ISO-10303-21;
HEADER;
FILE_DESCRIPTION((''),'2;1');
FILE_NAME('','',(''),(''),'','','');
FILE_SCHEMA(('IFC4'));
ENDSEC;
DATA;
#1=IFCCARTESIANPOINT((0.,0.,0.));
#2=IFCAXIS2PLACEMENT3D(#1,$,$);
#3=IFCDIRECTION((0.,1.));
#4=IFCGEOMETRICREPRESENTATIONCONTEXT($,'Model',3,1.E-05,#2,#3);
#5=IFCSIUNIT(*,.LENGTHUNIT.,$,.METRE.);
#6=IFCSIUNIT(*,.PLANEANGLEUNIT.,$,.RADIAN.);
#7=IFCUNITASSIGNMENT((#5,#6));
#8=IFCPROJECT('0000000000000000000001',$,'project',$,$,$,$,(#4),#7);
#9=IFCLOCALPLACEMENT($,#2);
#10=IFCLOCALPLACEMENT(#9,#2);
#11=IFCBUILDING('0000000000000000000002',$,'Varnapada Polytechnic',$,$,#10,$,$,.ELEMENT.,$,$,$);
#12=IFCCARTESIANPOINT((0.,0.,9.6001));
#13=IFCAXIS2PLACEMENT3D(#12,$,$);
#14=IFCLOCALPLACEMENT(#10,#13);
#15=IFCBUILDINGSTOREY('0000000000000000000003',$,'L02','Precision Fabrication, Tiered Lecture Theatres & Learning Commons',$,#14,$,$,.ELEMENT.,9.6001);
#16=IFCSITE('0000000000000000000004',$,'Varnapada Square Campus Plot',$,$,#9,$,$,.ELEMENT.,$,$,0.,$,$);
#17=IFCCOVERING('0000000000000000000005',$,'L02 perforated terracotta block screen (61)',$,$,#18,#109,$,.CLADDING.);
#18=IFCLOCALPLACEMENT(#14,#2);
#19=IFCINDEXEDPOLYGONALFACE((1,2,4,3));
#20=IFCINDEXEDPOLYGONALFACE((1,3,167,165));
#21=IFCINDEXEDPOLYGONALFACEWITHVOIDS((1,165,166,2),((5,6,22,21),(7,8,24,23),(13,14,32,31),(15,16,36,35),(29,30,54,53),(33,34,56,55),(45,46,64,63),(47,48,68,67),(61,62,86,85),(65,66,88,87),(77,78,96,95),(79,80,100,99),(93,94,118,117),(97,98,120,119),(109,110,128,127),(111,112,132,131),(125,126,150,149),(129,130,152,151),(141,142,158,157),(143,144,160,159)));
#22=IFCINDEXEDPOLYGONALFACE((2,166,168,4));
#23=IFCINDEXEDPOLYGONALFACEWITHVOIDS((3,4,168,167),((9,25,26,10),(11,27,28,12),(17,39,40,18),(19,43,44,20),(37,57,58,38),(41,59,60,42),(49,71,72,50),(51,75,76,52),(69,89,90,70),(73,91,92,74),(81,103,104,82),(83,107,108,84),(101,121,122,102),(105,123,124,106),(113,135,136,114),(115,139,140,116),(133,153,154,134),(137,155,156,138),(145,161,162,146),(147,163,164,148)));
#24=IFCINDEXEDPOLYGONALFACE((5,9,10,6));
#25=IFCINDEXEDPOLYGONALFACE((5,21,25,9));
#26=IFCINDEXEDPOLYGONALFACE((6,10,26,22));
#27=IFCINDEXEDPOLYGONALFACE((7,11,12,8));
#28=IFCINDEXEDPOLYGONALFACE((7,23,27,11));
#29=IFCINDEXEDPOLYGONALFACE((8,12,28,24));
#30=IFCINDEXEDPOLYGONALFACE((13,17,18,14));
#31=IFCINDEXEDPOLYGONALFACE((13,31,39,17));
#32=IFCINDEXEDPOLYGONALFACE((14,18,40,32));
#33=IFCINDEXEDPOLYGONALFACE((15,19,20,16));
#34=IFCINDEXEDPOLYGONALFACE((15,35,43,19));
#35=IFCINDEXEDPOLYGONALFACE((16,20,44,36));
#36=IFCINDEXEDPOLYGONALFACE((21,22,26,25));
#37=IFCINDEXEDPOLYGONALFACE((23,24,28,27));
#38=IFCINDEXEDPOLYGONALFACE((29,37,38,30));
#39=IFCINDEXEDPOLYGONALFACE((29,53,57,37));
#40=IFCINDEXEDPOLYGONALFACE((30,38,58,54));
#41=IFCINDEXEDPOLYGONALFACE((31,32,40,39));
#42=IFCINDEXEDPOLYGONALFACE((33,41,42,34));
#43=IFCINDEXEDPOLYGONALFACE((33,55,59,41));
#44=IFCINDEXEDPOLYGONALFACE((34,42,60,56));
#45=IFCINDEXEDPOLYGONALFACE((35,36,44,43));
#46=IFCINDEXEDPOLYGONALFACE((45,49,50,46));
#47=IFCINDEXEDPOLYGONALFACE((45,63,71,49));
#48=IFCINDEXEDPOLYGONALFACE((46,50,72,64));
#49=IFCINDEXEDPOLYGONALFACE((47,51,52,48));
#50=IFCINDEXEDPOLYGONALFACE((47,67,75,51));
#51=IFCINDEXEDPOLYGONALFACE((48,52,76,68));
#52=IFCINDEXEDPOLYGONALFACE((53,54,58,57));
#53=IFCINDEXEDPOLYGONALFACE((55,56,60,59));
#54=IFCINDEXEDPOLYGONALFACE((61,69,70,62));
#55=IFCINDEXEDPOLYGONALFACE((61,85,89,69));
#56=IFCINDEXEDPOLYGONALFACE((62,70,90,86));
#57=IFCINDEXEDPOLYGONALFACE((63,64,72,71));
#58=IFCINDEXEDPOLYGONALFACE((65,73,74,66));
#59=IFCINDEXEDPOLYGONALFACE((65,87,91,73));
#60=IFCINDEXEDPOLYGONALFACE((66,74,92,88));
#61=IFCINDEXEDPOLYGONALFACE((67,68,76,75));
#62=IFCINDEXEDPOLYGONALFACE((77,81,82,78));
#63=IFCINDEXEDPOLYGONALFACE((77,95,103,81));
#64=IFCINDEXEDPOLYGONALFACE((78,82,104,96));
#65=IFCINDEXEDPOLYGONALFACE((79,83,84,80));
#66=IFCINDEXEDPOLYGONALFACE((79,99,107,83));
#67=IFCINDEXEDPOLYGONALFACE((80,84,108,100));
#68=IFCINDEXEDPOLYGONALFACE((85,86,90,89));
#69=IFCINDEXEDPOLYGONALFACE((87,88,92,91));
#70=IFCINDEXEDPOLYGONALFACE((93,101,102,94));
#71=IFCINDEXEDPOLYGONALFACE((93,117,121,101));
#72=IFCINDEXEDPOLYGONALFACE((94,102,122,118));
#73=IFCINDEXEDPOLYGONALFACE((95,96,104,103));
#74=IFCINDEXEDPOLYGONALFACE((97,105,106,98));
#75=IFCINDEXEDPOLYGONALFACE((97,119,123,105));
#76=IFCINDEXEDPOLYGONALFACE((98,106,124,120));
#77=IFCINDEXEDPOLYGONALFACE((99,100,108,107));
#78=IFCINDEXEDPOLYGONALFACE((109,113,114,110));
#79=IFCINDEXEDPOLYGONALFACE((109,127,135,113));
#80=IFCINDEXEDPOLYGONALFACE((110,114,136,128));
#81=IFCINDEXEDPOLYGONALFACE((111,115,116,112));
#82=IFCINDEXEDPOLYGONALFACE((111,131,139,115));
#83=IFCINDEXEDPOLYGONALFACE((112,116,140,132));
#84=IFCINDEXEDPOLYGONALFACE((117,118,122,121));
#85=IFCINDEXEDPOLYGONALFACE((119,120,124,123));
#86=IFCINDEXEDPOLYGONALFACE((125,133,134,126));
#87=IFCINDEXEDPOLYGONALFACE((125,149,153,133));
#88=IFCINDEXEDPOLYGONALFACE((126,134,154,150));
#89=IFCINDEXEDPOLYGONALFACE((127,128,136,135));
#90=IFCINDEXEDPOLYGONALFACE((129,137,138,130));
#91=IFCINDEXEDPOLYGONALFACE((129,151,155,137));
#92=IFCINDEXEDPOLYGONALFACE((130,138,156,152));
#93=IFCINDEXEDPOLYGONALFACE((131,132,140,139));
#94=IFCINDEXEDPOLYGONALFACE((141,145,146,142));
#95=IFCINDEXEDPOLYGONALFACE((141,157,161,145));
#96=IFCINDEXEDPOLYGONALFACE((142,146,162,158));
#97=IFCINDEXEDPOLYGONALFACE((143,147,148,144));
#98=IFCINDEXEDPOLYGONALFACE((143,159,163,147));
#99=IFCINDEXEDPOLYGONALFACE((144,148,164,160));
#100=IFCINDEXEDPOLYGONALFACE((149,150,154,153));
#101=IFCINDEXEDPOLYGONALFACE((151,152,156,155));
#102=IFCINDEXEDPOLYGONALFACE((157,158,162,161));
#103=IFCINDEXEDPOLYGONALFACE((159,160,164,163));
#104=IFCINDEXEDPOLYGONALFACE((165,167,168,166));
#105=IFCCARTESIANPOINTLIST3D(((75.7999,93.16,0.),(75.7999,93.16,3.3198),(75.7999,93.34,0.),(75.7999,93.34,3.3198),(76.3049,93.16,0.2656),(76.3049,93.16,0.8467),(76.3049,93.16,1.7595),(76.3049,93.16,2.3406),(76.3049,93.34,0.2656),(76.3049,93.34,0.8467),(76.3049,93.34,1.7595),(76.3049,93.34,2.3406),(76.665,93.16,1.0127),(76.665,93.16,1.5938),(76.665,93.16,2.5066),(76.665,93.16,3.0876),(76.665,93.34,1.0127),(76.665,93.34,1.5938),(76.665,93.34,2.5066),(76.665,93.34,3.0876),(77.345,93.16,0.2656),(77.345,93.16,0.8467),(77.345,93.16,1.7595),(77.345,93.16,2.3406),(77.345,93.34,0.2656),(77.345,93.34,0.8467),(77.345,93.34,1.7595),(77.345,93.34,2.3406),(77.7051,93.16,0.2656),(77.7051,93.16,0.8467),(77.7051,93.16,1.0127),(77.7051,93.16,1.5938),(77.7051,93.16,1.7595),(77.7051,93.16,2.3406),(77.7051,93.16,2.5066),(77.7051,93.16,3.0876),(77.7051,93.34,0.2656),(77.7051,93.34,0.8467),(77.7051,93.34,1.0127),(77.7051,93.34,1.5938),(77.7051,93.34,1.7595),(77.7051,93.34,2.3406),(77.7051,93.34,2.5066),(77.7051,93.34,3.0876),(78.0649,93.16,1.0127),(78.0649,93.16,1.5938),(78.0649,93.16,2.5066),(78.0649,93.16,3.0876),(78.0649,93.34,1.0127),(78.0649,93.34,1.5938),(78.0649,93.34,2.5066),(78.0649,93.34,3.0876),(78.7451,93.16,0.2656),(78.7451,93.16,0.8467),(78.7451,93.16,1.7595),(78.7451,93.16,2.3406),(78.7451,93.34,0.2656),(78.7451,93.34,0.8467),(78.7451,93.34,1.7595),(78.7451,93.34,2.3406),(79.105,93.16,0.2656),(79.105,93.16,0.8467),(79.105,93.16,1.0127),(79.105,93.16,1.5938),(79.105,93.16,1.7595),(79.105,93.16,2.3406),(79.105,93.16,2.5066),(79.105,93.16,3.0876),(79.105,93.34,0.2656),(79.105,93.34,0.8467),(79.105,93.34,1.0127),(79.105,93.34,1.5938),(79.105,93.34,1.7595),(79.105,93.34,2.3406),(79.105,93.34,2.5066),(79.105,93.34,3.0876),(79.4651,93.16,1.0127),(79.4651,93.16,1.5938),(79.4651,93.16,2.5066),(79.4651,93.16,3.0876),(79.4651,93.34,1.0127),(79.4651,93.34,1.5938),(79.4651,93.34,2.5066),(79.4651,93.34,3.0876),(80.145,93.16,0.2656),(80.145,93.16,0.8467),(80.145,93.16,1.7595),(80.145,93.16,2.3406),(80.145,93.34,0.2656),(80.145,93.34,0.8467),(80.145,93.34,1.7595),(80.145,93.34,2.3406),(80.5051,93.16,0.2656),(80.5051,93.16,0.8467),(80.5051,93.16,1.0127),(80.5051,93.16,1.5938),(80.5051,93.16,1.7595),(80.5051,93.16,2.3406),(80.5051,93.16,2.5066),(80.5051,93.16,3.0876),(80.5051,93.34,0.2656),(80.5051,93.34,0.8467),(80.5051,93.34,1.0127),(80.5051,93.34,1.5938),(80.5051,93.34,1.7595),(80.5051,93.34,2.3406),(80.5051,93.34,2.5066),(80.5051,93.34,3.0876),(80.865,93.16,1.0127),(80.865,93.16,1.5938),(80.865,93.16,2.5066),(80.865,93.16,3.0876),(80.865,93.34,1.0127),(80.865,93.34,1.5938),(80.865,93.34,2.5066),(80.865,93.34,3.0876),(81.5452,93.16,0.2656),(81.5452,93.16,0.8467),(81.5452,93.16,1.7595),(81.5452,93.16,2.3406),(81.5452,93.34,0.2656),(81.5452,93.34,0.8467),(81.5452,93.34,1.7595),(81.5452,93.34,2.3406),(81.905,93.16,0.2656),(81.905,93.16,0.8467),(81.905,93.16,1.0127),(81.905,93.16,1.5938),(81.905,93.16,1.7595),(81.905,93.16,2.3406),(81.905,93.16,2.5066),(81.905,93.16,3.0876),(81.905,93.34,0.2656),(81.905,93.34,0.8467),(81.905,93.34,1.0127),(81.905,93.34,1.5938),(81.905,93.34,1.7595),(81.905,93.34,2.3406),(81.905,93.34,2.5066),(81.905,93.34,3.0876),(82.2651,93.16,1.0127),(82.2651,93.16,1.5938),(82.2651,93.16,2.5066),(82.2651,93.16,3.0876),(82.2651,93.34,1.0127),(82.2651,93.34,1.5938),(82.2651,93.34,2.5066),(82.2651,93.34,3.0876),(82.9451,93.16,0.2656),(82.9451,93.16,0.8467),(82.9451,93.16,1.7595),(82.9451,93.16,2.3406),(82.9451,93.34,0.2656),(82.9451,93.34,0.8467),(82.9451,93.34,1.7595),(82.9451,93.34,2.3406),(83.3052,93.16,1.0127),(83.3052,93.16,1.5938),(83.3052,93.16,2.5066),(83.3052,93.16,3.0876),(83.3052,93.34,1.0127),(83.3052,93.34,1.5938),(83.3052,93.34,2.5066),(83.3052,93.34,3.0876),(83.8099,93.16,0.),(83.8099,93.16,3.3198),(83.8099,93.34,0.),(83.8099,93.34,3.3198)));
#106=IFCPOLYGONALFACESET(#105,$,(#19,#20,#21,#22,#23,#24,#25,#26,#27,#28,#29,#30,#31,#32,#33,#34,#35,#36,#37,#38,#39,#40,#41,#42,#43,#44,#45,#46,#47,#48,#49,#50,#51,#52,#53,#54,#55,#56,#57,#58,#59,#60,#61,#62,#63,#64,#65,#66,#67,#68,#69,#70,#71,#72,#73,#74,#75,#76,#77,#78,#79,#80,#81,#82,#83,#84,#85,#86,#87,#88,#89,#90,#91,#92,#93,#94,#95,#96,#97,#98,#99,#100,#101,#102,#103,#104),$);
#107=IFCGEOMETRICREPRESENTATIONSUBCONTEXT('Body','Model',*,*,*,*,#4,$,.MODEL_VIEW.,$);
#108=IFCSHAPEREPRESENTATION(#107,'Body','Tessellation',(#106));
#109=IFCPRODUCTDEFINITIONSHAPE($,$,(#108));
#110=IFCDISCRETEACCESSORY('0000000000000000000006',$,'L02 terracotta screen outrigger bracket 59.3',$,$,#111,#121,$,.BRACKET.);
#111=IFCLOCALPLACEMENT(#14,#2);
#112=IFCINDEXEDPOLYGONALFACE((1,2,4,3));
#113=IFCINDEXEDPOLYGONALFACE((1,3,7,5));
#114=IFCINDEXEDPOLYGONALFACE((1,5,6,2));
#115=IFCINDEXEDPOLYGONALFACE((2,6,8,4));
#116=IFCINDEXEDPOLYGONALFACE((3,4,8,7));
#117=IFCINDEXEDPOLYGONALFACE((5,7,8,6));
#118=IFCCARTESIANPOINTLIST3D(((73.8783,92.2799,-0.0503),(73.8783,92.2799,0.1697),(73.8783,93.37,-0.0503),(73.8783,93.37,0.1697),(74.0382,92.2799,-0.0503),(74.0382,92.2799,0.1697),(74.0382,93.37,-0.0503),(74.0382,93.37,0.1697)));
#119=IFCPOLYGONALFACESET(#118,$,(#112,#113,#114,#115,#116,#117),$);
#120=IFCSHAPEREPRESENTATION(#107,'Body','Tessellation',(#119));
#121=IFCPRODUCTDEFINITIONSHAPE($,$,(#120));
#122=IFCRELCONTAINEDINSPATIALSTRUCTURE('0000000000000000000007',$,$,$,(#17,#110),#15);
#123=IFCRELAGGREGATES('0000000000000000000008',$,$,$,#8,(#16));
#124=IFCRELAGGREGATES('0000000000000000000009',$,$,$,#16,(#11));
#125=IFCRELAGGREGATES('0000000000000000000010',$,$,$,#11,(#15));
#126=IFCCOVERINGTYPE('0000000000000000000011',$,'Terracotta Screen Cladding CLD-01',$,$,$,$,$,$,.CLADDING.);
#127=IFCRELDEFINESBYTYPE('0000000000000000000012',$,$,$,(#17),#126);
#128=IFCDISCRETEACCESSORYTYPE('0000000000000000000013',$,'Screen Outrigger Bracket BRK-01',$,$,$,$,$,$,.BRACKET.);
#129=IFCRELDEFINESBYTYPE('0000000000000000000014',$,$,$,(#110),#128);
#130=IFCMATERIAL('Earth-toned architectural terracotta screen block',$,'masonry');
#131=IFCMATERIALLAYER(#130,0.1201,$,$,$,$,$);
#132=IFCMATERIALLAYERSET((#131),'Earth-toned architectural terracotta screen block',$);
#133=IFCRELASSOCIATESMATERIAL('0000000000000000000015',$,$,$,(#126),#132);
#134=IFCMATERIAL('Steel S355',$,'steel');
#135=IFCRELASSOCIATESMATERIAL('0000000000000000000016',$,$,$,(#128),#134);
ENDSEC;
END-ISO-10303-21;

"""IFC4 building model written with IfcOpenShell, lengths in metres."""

from ifc_helpers import new_model, si_unit, direction, frame, frame_2d, origin, origin_2d, place, context, subcontext, project, spatial, rectangle, extrude, material, layer, layer_set, type_object, element, save


model = new_model("IFC4")

# Units and contexts
model_context = context("Model", 3, precision=1e-05, world=origin(), true_north=direction((0.0, 1.0)))
body_context = subcontext(model_context, "Body", "Model", "MODEL_VIEW")
ifc_project = project(units=[si_unit("LENGTHUNIT", "METRE"), si_unit("PLANEANGLEUNIT", "RADIAN")], contexts=[model_context])

# Site, building, storey
site_placement = place(None, origin())
site = spatial("IfcSite", under=ifc_project, at=site_placement, Name="Varnapada Square Campus Plot", CompositionType="ELEMENT", RefElevation=0.0)
building_placement = place(site_placement, origin())
building = spatial("IfcBuilding", under=site, at=building_placement, Name="Varnapada Polytechnic", CompositionType="ELEMENT")
storey_placement = place(building_placement, frame((0.0, 0.0, 9.6001)))
storey = spatial("IfcBuildingStorey", under=building, at=storey_placement, Name="L02", Description="Precision Fabrication, Tiered Lecture Theatres & Learning Commons", CompositionType="ELEMENT", Elevation=9.6001)

# Covering, openings
ifc_material_1 = material(Name="Earth-toned architectural terracotta screen block", Category="masonry")
ifc_layer_1 = layer(ifc_material_1, 0.1201)
ifc_layer_set_1 = layer_set([ifc_layer_1], Name="Earth-toned architectural terracotta screen block")
covering_type = type_object("IfcCoveringType", Name="Terracotta Screen Cladding CLD-01", PredefinedType="CLADDING", material=ifc_layer_set_1)
covering_placement = place(storey_placement, frame((75.8, 93.25, 0.0), z_axis=(0.0, 0.0, 1.0), x_axis=(1.0, 0.0, 0.0)))
covering = element("IfcCovering", 1, at=covering_placement, inside=storey, type_object=covering_type, Name="L02 perforated terracotta block screen (61)", PredefinedType="CLADDING", context=body_context, shape_type="SweptSolid", body=[
    extrude(rectangle(XDim=8.01, YDim=0.1799, at=frame_2d((4.0049, 0.0))), origin(), (0.0, 0.0, 1.0), 3.3198),
])
opening_1_placement = place(covering_placement, frame((0.5049, 0.0, 0.2656)))
element("IfcOpeningElement", 2, at=opening_1_placement, cuts=covering, PredefinedType="OPENING", context=body_context, shape_type="SweptSolid", body=[
    extrude(rectangle(XDim=1.04, YDim=0.5811, at=frame_2d((0.52, 0.2905))), frame((0.0, 0.0999, 0.0), z_axis=(0.0, -1.0, 0.0), x_axis=(1.0, 0.0, 0.0)), (0.0, 0.0, 1.0), 0.2),
])
opening_2_placement = place(covering_placement, frame((1.905, 0.0, 0.2656)))
element("IfcOpeningElement", 3, at=opening_2_placement, cuts=covering, PredefinedType="OPENING", context=body_context, shape_type="SweptSolid", body=[
    extrude(rectangle(XDim=1.04, YDim=0.5811, at=frame_2d((0.52, 0.2905))), frame((0.0, 0.0999, 0.0), z_axis=(0.0, -1.0, 0.0), x_axis=(1.0, 0.0, 0.0)), (0.0, 0.0, 1.0), 0.2),
])
opening_3_placement = place(covering_placement, frame((3.3049, 0.0, 0.2656)))
element("IfcOpeningElement", 4, at=opening_3_placement, cuts=covering, PredefinedType="OPENING", context=body_context, shape_type="SweptSolid", body=[
    extrude(rectangle(XDim=1.04, YDim=0.5811, at=frame_2d((0.52, 0.2905))), frame((0.0, 0.0999, 0.0), z_axis=(0.0, -1.0, 0.0), x_axis=(1.0, 0.0, 0.0)), (0.0, 0.0, 1.0), 0.2),
])
opening_4_placement = place(covering_placement, frame((4.7051, 0.0, 0.2656)))
element("IfcOpeningElement", 5, at=opening_4_placement, cuts=covering, PredefinedType="OPENING", context=body_context, shape_type="SweptSolid", body=[
    extrude(rectangle(XDim=1.04, YDim=0.5811, at=frame_2d((0.52, 0.2905))), frame((0.0, 0.0999, 0.0), z_axis=(0.0, -1.0, 0.0), x_axis=(1.0, 0.0, 0.0)), (0.0, 0.0, 1.0), 0.2),
])
opening_5_placement = place(covering_placement, frame((6.105, 0.0, 0.2656)))
element("IfcOpeningElement", 6, at=opening_5_placement, cuts=covering, PredefinedType="OPENING", context=body_context, shape_type="SweptSolid", body=[
    extrude(rectangle(XDim=1.04, YDim=0.5811, at=frame_2d((0.52, 0.2905))), frame((0.0, 0.0999, 0.0), z_axis=(0.0, -1.0, 0.0), x_axis=(1.0, 0.0, 0.0)), (0.0, 0.0, 1.0), 0.2),
])
opening_6_placement = place(covering_placement, frame((0.865, 0.0, 1.0127)))
element("IfcOpeningElement", 7, at=opening_6_placement, cuts=covering, PredefinedType="OPENING", context=body_context, shape_type="SweptSolid", body=[
    extrude(rectangle(XDim=1.04, YDim=0.5811, at=frame_2d((0.52, 0.2905))), frame((0.0, 0.0999, 0.0), z_axis=(0.0, -1.0, 0.0), x_axis=(1.0, 0.0, 0.0)), (0.0, 0.0, 1.0), 0.2),
])
opening_7_placement = place(covering_placement, frame((2.2649, 0.0, 1.0127)))
element("IfcOpeningElement", 8, at=opening_7_placement, cuts=covering, PredefinedType="OPENING", context=body_context, shape_type="SweptSolid", body=[
    extrude(rectangle(XDim=1.04, YDim=0.5811, at=frame_2d((0.52, 0.2905))), frame((0.0, 0.0999, 0.0), z_axis=(0.0, -1.0, 0.0), x_axis=(1.0, 0.0, 0.0)), (0.0, 0.0, 1.0), 0.2),
])
opening_8_placement = place(covering_placement, frame((3.665, 0.0, 1.0127)))
element("IfcOpeningElement", 9, at=opening_8_placement, cuts=covering, PredefinedType="OPENING", context=body_context, shape_type="SweptSolid", body=[
    extrude(rectangle(XDim=1.04, YDim=0.5811, at=frame_2d((0.52, 0.2905))), frame((0.0, 0.0999, 0.0), z_axis=(0.0, -1.0, 0.0), x_axis=(1.0, 0.0, 0.0)), (0.0, 0.0, 1.0), 0.2),
])
opening_9_placement = place(covering_placement, frame((5.0649, 0.0, 1.0127)))
element("IfcOpeningElement", 10, at=opening_9_placement, cuts=covering, PredefinedType="OPENING", context=body_context, shape_type="SweptSolid", body=[
    extrude(rectangle(XDim=1.04, YDim=0.5811, at=frame_2d((0.52, 0.2905))), frame((0.0, 0.0999, 0.0), z_axis=(0.0, -1.0, 0.0), x_axis=(1.0, 0.0, 0.0)), (0.0, 0.0, 1.0), 0.2),
])
opening_10_placement = place(covering_placement, frame((6.4651, 0.0, 1.0127)))
element("IfcOpeningElement", 11, at=opening_10_placement, cuts=covering, PredefinedType="OPENING", context=body_context, shape_type="SweptSolid", body=[
    extrude(rectangle(XDim=1.04, YDim=0.5811, at=frame_2d((0.52, 0.2905))), frame((0.0, 0.0999, 0.0), z_axis=(0.0, -1.0, 0.0), x_axis=(1.0, 0.0, 0.0)), (0.0, 0.0, 1.0), 0.2),
])
opening_11_placement = place(covering_placement, frame((0.5049, 0.0, 1.7595)))
element("IfcOpeningElement", 12, at=opening_11_placement, cuts=covering, PredefinedType="OPENING", context=body_context, shape_type="SweptSolid", body=[
    extrude(rectangle(XDim=1.04, YDim=0.5811, at=frame_2d((0.52, 0.2905))), frame((0.0, 0.0999, 0.0), z_axis=(0.0, -1.0, 0.0), x_axis=(1.0, 0.0, 0.0)), (0.0, 0.0, 1.0), 0.2),
])
opening_12_placement = place(covering_placement, frame((1.905, 0.0, 1.7595)))
element("IfcOpeningElement", 13, at=opening_12_placement, cuts=covering, PredefinedType="OPENING", context=body_context, shape_type="SweptSolid", body=[
    extrude(rectangle(XDim=1.04, YDim=0.5811, at=frame_2d((0.52, 0.2905))), frame((0.0, 0.0999, 0.0), z_axis=(0.0, -1.0, 0.0), x_axis=(1.0, 0.0, 0.0)), (0.0, 0.0, 1.0), 0.2),
])
opening_13_placement = place(covering_placement, frame((3.3049, 0.0, 1.7595)))
element("IfcOpeningElement", 14, at=opening_13_placement, cuts=covering, PredefinedType="OPENING", context=body_context, shape_type="SweptSolid", body=[
    extrude(rectangle(XDim=1.04, YDim=0.5811, at=frame_2d((0.52, 0.2905))), frame((0.0, 0.0999, 0.0), z_axis=(0.0, -1.0, 0.0), x_axis=(1.0, 0.0, 0.0)), (0.0, 0.0, 1.0), 0.2),
])
opening_14_placement = place(covering_placement, frame((4.7051, 0.0, 1.7595)))
element("IfcOpeningElement", 15, at=opening_14_placement, cuts=covering, PredefinedType="OPENING", context=body_context, shape_type="SweptSolid", body=[
    extrude(rectangle(XDim=1.04, YDim=0.5811, at=frame_2d((0.52, 0.2905))), frame((0.0, 0.0999, 0.0), z_axis=(0.0, -1.0, 0.0), x_axis=(1.0, 0.0, 0.0)), (0.0, 0.0, 1.0), 0.2),
])
opening_15_placement = place(covering_placement, frame((6.105, 0.0, 1.7595)))
element("IfcOpeningElement", 16, at=opening_15_placement, cuts=covering, PredefinedType="OPENING", context=body_context, shape_type="SweptSolid", body=[
    extrude(rectangle(XDim=1.04, YDim=0.5811, at=frame_2d((0.52, 0.2905))), frame((0.0, 0.0999, 0.0), z_axis=(0.0, -1.0, 0.0), x_axis=(1.0, 0.0, 0.0)), (0.0, 0.0, 1.0), 0.2),
])
opening_16_placement = place(covering_placement, frame((0.865, 0.0, 2.5066)))
element("IfcOpeningElement", 17, at=opening_16_placement, cuts=covering, PredefinedType="OPENING", context=body_context, shape_type="SweptSolid", body=[
    extrude(rectangle(XDim=1.04, YDim=0.5811, at=frame_2d((0.52, 0.2905))), frame((0.0, 0.0999, 0.0), z_axis=(0.0, -1.0, 0.0), x_axis=(1.0, 0.0, 0.0)), (0.0, 0.0, 1.0), 0.2),
])
opening_17_placement = place(covering_placement, frame((2.2649, 0.0, 2.5066)))
element("IfcOpeningElement", 18, at=opening_17_placement, cuts=covering, PredefinedType="OPENING", context=body_context, shape_type="SweptSolid", body=[
    extrude(rectangle(XDim=1.04, YDim=0.5811, at=frame_2d((0.52, 0.2905))), frame((0.0, 0.0999, 0.0), z_axis=(0.0, -1.0, 0.0), x_axis=(1.0, 0.0, 0.0)), (0.0, 0.0, 1.0), 0.2),
])
opening_18_placement = place(covering_placement, frame((3.665, 0.0, 2.5066)))
element("IfcOpeningElement", 19, at=opening_18_placement, cuts=covering, PredefinedType="OPENING", context=body_context, shape_type="SweptSolid", body=[
    extrude(rectangle(XDim=1.04, YDim=0.5811, at=frame_2d((0.52, 0.2905))), frame((0.0, 0.0999, 0.0), z_axis=(0.0, -1.0, 0.0), x_axis=(1.0, 0.0, 0.0)), (0.0, 0.0, 1.0), 0.2),
])
opening_19_placement = place(covering_placement, frame((5.0649, 0.0, 2.5066)))
element("IfcOpeningElement", 20, at=opening_19_placement, cuts=covering, PredefinedType="OPENING", context=body_context, shape_type="SweptSolid", body=[
    extrude(rectangle(XDim=1.04, YDim=0.5811, at=frame_2d((0.52, 0.2905))), frame((0.0, 0.0999, 0.0), z_axis=(0.0, -1.0, 0.0), x_axis=(1.0, 0.0, 0.0)), (0.0, 0.0, 1.0), 0.2),
])
opening_20_placement = place(covering_placement, frame((6.4651, 0.0, 2.5066)))
element("IfcOpeningElement", 21, at=opening_20_placement, cuts=covering, PredefinedType="OPENING", context=body_context, shape_type="SweptSolid", body=[
    extrude(rectangle(XDim=1.04, YDim=0.5811, at=frame_2d((0.52, 0.2905))), frame((0.0, 0.0999, 0.0), z_axis=(0.0, -1.0, 0.0), x_axis=(1.0, 0.0, 0.0)), (0.0, 0.0, 1.0), 0.2),
])

# Discrete accessory
ifc_material_2 = material(Name="Steel S355", Category="steel")
discrete_accessory_type = type_object("IfcDiscreteAccessoryType", Name="Screen Outrigger Bracket BRK-01", PredefinedType="BRACKET", material=ifc_material_2)
for number, where, z_axis, x_axis, name in (
    (22, (73.9583, 92.825, -0.0503), (0.0, 0.0, 1.0), (1.0, 0.0, 0.0), "L02 terracotta screen outrigger bracket 59.3"),
):
    element("IfcDiscreteAccessory", number, at=place(storey_placement, frame(where, z_axis=z_axis, x_axis=x_axis)), inside=storey, type_object=discrete_accessory_type, Name=name, PredefinedType="BRACKET", context=body_context, shape_type="SweptSolid", body=[
        extrude(rectangle(XDim=0.1599, YDim=1.0901, at=origin_2d()), origin(), (0.0, 0.0, 1.0), 0.22),
    ])

save(model, "model.ifc")
